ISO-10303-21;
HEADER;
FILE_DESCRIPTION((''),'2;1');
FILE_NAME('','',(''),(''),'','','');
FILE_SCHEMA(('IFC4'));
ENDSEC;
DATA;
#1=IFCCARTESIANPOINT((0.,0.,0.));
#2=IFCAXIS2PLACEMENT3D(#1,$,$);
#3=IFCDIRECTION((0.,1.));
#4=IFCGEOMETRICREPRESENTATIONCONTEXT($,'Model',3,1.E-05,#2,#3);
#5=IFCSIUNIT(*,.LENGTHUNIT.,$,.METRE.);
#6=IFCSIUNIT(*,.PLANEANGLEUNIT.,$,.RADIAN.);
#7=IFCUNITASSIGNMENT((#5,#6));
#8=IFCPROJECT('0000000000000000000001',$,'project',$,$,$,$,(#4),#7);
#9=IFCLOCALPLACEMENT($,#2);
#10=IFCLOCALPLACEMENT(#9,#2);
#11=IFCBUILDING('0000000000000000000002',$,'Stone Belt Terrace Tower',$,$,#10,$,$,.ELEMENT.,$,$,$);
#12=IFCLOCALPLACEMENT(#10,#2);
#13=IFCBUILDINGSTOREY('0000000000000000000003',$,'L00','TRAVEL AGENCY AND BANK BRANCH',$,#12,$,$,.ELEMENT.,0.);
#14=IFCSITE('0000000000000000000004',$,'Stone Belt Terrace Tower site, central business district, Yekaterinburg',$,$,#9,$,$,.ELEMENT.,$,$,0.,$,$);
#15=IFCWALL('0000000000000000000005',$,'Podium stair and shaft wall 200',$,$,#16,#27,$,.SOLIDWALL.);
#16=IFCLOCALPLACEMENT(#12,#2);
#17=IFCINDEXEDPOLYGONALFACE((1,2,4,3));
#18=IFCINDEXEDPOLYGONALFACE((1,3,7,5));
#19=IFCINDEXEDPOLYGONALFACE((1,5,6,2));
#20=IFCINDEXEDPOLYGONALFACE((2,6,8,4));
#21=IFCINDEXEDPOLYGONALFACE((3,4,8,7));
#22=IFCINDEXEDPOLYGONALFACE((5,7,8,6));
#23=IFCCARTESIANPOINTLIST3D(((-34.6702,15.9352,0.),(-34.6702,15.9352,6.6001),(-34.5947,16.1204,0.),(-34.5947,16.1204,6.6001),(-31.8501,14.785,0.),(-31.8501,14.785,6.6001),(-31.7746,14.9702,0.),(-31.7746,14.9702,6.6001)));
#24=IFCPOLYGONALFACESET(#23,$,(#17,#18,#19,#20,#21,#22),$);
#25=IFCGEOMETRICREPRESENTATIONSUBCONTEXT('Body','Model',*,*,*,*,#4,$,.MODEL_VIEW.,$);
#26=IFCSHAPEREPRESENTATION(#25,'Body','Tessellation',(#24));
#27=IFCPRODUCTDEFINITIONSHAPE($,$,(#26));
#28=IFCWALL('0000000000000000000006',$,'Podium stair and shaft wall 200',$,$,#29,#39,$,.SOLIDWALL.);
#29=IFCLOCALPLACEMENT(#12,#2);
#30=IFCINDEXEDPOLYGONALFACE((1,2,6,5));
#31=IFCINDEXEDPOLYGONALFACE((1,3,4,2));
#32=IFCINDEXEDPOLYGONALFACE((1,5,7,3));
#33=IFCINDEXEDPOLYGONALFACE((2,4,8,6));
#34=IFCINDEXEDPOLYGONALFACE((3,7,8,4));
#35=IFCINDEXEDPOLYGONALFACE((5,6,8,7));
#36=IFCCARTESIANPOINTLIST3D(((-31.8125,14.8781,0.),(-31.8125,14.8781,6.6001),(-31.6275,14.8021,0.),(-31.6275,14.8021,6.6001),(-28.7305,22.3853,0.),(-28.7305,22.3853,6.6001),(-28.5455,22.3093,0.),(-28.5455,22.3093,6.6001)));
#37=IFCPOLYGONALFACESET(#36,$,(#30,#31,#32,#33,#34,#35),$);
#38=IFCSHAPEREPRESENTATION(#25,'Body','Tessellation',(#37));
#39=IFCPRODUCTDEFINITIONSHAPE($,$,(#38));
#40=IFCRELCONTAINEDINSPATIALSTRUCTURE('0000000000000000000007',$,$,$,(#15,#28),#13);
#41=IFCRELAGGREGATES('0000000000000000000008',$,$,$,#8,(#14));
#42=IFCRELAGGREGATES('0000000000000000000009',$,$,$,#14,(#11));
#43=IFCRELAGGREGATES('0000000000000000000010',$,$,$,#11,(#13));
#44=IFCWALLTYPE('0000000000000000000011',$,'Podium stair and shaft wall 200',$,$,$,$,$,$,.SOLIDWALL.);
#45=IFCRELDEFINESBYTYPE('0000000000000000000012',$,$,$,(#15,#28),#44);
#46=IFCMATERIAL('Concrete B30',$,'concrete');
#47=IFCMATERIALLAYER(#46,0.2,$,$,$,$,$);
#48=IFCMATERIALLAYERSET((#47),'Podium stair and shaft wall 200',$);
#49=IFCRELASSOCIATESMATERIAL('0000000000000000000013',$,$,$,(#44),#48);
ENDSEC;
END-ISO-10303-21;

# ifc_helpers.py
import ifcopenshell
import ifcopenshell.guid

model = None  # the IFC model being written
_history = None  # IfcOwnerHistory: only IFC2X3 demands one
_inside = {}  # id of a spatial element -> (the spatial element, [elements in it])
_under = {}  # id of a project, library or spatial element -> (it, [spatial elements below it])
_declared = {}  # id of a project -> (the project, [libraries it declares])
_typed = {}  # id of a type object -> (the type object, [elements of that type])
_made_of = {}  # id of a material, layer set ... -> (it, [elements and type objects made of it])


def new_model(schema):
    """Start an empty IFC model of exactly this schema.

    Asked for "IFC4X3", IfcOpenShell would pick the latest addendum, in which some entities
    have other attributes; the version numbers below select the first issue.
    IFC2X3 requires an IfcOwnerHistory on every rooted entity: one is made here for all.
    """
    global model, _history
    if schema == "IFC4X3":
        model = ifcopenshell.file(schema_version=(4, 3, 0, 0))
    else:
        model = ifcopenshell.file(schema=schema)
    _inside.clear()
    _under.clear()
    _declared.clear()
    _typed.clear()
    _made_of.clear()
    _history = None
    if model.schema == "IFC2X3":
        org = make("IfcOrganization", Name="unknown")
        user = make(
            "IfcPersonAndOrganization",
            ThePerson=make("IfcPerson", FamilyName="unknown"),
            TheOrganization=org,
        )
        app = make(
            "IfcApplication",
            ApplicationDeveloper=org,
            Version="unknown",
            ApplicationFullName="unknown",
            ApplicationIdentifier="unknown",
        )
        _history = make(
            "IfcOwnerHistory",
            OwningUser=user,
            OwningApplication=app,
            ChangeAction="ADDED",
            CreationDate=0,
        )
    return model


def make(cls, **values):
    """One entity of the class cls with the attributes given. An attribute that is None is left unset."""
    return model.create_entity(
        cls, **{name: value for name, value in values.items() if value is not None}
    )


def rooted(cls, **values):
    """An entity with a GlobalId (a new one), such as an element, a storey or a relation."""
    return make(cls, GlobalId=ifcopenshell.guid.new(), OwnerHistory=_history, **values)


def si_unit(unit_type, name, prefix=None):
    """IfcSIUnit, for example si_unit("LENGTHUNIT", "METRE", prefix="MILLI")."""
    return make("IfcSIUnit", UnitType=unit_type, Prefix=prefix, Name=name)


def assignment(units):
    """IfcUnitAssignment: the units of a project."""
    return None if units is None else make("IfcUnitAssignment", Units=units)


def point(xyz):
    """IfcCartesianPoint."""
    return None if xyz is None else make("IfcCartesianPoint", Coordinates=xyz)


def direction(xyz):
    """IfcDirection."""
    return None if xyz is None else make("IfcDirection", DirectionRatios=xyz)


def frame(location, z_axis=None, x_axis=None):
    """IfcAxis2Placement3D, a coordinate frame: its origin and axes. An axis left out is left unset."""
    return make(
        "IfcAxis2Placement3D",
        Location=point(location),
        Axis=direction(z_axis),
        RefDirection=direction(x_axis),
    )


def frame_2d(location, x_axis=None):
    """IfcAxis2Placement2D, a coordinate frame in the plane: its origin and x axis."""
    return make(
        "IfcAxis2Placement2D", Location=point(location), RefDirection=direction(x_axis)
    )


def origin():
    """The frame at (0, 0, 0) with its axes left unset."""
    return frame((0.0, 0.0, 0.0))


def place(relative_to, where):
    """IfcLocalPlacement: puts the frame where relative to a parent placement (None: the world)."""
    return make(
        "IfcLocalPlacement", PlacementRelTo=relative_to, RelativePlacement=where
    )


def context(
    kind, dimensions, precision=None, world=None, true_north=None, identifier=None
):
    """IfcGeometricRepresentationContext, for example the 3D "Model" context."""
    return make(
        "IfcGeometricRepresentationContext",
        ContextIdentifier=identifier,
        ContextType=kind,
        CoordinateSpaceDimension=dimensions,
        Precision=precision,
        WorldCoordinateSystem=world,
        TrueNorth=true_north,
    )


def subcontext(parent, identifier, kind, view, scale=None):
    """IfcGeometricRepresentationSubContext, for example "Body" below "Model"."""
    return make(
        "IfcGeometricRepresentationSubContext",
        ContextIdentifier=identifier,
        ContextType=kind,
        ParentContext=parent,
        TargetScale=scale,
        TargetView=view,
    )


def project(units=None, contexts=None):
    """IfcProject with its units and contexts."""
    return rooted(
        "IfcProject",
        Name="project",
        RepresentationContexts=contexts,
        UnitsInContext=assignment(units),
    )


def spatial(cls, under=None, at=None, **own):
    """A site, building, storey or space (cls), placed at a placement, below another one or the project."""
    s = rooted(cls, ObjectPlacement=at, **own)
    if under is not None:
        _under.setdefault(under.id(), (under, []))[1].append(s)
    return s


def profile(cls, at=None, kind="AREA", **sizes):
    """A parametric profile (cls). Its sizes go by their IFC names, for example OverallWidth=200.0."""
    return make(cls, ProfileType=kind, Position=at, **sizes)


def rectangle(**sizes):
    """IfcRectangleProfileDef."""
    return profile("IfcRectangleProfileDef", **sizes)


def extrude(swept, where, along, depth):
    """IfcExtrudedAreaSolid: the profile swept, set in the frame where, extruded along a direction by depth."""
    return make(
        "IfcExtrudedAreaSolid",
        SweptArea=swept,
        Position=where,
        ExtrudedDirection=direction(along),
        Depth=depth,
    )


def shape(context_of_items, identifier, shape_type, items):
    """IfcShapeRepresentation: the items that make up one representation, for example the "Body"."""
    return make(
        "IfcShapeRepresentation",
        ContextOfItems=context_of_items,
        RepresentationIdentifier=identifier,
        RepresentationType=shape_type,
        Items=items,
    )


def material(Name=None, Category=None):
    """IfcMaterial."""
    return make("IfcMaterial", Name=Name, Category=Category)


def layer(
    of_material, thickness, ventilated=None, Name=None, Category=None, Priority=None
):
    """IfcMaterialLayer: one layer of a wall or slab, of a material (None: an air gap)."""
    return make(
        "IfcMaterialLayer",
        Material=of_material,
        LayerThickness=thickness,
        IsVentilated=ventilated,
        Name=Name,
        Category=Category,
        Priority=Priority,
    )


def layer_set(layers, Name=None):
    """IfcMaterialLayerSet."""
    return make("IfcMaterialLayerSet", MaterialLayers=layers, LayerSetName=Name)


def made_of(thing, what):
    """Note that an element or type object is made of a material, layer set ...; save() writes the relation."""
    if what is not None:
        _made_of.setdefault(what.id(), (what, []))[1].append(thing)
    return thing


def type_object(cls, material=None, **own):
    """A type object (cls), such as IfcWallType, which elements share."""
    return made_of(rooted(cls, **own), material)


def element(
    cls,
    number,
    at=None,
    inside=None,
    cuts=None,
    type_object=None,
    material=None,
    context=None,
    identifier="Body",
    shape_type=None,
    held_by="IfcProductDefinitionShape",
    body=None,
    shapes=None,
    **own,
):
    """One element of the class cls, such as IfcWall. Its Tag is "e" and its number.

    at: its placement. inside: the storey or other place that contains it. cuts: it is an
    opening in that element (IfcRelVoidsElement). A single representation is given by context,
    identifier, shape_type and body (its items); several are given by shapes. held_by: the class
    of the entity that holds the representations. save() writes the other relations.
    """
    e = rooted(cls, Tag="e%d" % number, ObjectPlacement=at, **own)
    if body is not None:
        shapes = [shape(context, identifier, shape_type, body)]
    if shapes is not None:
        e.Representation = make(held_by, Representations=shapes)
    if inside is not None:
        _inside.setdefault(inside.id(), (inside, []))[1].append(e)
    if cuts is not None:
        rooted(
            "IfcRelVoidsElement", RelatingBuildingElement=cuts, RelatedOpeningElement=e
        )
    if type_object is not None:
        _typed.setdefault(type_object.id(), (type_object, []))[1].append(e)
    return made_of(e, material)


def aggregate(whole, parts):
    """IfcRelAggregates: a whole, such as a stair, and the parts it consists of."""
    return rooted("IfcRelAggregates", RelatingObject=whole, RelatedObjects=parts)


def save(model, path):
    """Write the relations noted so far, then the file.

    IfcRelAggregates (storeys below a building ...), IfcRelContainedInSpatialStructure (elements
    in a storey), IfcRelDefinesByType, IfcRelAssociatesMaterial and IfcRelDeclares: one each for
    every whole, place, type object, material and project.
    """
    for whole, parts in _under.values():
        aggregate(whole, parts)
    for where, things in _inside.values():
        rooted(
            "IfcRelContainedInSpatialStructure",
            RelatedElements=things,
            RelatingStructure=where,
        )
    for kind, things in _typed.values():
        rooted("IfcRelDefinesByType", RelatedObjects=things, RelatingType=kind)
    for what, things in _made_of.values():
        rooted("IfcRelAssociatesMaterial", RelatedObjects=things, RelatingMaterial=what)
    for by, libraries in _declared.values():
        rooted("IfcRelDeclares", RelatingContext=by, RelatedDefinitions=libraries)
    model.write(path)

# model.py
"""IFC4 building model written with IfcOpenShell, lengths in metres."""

from ifc_helpers import new_model, si_unit, direction, frame, frame_2d, origin, place, context, subcontext, project, spatial, rectangle, extrude, material, layer, layer_set, type_object, element, save


model = new_model("IFC4")

# Units and contexts
model_context = context("Model", 3, precision=1e-05, world=origin(), true_north=direction((0.0, 1.0)))
body_context = subcontext(model_context, "Body", "Model", "MODEL_VIEW")
ifc_project = project(units=[si_unit("LENGTHUNIT", "METRE"), si_unit("PLANEANGLEUNIT", "RADIAN")], contexts=[model_context])

# Site, building, storey
site_placement = place(None, origin())
site = spatial("IfcSite", under=ifc_project, at=site_placement, Name="Stone Belt Terrace Tower site, central business district, Yekaterinburg", CompositionType="ELEMENT", RefElevation=0.0)
building_placement = place(site_placement, origin())
building = spatial("IfcBuilding", under=site, at=building_placement, Name="Stone Belt Terrace Tower", CompositionType="ELEMENT")
storey_placement = place(building_placement, origin())
storey = spatial("IfcBuildingStorey", under=building, at=storey_placement, Name="L00", Description="TRAVEL AGENCY AND BANK BRANCH", CompositionType="ELEMENT", Elevation=0.0)

# Walls
ifc_material_1 = material(Name="Concrete B30", Category="concrete")
ifc_layer_1 = layer(ifc_material_1, 0.2)
ifc_layer_set_1 = layer_set([ifc_layer_1], Name="Podium stair and shaft wall 200")
wall_type_1 = type_object("IfcWallType", Name="Podium stair and shaft wall 200", PredefinedType="SOLIDWALL", material=ifc_layer_set_1)
wall_1_placement = place(storey_placement, frame((-34.6326, 16.0278, 0.0), z_axis=(0.0, 0.0, 1.0), x_axis=(0.925951, -0.377643, 0.0)))
element("IfcWall", 1, at=wall_1_placement, inside=storey, type_object=wall_type_1, Name="Podium stair and shaft wall 200", PredefinedType="SOLIDWALL", context=body_context, shape_type="SweptSolid", body=[
    extrude(rectangle(XDim=3.0457, YDim=0.2, at=frame_2d((1.5229, 0.0))), origin(), (0.0, 0.0, 1.0), 6.6001),
])
wall_2_placement = place(storey_placement, frame((-31.72, 14.8401, 0.0), z_axis=(0.0, 0.0, 1.0), x_axis=(0.379778, 0.925078, 0.0)))
element("IfcWall", 2, at=wall_2_placement, inside=storey, type_object=wall_type_1, Name="Podium stair and shaft wall 200", PredefinedType="SOLIDWALL", context=body_context, shape_type="SweptSolid", body=[
    extrude(rectangle(XDim=8.1152, YDim=0.2, at=frame_2d((4.0576, 0.0))), origin(), (0.0, 0.0, 1.0), 6.6001),
])

save(model, "model.ifc")
